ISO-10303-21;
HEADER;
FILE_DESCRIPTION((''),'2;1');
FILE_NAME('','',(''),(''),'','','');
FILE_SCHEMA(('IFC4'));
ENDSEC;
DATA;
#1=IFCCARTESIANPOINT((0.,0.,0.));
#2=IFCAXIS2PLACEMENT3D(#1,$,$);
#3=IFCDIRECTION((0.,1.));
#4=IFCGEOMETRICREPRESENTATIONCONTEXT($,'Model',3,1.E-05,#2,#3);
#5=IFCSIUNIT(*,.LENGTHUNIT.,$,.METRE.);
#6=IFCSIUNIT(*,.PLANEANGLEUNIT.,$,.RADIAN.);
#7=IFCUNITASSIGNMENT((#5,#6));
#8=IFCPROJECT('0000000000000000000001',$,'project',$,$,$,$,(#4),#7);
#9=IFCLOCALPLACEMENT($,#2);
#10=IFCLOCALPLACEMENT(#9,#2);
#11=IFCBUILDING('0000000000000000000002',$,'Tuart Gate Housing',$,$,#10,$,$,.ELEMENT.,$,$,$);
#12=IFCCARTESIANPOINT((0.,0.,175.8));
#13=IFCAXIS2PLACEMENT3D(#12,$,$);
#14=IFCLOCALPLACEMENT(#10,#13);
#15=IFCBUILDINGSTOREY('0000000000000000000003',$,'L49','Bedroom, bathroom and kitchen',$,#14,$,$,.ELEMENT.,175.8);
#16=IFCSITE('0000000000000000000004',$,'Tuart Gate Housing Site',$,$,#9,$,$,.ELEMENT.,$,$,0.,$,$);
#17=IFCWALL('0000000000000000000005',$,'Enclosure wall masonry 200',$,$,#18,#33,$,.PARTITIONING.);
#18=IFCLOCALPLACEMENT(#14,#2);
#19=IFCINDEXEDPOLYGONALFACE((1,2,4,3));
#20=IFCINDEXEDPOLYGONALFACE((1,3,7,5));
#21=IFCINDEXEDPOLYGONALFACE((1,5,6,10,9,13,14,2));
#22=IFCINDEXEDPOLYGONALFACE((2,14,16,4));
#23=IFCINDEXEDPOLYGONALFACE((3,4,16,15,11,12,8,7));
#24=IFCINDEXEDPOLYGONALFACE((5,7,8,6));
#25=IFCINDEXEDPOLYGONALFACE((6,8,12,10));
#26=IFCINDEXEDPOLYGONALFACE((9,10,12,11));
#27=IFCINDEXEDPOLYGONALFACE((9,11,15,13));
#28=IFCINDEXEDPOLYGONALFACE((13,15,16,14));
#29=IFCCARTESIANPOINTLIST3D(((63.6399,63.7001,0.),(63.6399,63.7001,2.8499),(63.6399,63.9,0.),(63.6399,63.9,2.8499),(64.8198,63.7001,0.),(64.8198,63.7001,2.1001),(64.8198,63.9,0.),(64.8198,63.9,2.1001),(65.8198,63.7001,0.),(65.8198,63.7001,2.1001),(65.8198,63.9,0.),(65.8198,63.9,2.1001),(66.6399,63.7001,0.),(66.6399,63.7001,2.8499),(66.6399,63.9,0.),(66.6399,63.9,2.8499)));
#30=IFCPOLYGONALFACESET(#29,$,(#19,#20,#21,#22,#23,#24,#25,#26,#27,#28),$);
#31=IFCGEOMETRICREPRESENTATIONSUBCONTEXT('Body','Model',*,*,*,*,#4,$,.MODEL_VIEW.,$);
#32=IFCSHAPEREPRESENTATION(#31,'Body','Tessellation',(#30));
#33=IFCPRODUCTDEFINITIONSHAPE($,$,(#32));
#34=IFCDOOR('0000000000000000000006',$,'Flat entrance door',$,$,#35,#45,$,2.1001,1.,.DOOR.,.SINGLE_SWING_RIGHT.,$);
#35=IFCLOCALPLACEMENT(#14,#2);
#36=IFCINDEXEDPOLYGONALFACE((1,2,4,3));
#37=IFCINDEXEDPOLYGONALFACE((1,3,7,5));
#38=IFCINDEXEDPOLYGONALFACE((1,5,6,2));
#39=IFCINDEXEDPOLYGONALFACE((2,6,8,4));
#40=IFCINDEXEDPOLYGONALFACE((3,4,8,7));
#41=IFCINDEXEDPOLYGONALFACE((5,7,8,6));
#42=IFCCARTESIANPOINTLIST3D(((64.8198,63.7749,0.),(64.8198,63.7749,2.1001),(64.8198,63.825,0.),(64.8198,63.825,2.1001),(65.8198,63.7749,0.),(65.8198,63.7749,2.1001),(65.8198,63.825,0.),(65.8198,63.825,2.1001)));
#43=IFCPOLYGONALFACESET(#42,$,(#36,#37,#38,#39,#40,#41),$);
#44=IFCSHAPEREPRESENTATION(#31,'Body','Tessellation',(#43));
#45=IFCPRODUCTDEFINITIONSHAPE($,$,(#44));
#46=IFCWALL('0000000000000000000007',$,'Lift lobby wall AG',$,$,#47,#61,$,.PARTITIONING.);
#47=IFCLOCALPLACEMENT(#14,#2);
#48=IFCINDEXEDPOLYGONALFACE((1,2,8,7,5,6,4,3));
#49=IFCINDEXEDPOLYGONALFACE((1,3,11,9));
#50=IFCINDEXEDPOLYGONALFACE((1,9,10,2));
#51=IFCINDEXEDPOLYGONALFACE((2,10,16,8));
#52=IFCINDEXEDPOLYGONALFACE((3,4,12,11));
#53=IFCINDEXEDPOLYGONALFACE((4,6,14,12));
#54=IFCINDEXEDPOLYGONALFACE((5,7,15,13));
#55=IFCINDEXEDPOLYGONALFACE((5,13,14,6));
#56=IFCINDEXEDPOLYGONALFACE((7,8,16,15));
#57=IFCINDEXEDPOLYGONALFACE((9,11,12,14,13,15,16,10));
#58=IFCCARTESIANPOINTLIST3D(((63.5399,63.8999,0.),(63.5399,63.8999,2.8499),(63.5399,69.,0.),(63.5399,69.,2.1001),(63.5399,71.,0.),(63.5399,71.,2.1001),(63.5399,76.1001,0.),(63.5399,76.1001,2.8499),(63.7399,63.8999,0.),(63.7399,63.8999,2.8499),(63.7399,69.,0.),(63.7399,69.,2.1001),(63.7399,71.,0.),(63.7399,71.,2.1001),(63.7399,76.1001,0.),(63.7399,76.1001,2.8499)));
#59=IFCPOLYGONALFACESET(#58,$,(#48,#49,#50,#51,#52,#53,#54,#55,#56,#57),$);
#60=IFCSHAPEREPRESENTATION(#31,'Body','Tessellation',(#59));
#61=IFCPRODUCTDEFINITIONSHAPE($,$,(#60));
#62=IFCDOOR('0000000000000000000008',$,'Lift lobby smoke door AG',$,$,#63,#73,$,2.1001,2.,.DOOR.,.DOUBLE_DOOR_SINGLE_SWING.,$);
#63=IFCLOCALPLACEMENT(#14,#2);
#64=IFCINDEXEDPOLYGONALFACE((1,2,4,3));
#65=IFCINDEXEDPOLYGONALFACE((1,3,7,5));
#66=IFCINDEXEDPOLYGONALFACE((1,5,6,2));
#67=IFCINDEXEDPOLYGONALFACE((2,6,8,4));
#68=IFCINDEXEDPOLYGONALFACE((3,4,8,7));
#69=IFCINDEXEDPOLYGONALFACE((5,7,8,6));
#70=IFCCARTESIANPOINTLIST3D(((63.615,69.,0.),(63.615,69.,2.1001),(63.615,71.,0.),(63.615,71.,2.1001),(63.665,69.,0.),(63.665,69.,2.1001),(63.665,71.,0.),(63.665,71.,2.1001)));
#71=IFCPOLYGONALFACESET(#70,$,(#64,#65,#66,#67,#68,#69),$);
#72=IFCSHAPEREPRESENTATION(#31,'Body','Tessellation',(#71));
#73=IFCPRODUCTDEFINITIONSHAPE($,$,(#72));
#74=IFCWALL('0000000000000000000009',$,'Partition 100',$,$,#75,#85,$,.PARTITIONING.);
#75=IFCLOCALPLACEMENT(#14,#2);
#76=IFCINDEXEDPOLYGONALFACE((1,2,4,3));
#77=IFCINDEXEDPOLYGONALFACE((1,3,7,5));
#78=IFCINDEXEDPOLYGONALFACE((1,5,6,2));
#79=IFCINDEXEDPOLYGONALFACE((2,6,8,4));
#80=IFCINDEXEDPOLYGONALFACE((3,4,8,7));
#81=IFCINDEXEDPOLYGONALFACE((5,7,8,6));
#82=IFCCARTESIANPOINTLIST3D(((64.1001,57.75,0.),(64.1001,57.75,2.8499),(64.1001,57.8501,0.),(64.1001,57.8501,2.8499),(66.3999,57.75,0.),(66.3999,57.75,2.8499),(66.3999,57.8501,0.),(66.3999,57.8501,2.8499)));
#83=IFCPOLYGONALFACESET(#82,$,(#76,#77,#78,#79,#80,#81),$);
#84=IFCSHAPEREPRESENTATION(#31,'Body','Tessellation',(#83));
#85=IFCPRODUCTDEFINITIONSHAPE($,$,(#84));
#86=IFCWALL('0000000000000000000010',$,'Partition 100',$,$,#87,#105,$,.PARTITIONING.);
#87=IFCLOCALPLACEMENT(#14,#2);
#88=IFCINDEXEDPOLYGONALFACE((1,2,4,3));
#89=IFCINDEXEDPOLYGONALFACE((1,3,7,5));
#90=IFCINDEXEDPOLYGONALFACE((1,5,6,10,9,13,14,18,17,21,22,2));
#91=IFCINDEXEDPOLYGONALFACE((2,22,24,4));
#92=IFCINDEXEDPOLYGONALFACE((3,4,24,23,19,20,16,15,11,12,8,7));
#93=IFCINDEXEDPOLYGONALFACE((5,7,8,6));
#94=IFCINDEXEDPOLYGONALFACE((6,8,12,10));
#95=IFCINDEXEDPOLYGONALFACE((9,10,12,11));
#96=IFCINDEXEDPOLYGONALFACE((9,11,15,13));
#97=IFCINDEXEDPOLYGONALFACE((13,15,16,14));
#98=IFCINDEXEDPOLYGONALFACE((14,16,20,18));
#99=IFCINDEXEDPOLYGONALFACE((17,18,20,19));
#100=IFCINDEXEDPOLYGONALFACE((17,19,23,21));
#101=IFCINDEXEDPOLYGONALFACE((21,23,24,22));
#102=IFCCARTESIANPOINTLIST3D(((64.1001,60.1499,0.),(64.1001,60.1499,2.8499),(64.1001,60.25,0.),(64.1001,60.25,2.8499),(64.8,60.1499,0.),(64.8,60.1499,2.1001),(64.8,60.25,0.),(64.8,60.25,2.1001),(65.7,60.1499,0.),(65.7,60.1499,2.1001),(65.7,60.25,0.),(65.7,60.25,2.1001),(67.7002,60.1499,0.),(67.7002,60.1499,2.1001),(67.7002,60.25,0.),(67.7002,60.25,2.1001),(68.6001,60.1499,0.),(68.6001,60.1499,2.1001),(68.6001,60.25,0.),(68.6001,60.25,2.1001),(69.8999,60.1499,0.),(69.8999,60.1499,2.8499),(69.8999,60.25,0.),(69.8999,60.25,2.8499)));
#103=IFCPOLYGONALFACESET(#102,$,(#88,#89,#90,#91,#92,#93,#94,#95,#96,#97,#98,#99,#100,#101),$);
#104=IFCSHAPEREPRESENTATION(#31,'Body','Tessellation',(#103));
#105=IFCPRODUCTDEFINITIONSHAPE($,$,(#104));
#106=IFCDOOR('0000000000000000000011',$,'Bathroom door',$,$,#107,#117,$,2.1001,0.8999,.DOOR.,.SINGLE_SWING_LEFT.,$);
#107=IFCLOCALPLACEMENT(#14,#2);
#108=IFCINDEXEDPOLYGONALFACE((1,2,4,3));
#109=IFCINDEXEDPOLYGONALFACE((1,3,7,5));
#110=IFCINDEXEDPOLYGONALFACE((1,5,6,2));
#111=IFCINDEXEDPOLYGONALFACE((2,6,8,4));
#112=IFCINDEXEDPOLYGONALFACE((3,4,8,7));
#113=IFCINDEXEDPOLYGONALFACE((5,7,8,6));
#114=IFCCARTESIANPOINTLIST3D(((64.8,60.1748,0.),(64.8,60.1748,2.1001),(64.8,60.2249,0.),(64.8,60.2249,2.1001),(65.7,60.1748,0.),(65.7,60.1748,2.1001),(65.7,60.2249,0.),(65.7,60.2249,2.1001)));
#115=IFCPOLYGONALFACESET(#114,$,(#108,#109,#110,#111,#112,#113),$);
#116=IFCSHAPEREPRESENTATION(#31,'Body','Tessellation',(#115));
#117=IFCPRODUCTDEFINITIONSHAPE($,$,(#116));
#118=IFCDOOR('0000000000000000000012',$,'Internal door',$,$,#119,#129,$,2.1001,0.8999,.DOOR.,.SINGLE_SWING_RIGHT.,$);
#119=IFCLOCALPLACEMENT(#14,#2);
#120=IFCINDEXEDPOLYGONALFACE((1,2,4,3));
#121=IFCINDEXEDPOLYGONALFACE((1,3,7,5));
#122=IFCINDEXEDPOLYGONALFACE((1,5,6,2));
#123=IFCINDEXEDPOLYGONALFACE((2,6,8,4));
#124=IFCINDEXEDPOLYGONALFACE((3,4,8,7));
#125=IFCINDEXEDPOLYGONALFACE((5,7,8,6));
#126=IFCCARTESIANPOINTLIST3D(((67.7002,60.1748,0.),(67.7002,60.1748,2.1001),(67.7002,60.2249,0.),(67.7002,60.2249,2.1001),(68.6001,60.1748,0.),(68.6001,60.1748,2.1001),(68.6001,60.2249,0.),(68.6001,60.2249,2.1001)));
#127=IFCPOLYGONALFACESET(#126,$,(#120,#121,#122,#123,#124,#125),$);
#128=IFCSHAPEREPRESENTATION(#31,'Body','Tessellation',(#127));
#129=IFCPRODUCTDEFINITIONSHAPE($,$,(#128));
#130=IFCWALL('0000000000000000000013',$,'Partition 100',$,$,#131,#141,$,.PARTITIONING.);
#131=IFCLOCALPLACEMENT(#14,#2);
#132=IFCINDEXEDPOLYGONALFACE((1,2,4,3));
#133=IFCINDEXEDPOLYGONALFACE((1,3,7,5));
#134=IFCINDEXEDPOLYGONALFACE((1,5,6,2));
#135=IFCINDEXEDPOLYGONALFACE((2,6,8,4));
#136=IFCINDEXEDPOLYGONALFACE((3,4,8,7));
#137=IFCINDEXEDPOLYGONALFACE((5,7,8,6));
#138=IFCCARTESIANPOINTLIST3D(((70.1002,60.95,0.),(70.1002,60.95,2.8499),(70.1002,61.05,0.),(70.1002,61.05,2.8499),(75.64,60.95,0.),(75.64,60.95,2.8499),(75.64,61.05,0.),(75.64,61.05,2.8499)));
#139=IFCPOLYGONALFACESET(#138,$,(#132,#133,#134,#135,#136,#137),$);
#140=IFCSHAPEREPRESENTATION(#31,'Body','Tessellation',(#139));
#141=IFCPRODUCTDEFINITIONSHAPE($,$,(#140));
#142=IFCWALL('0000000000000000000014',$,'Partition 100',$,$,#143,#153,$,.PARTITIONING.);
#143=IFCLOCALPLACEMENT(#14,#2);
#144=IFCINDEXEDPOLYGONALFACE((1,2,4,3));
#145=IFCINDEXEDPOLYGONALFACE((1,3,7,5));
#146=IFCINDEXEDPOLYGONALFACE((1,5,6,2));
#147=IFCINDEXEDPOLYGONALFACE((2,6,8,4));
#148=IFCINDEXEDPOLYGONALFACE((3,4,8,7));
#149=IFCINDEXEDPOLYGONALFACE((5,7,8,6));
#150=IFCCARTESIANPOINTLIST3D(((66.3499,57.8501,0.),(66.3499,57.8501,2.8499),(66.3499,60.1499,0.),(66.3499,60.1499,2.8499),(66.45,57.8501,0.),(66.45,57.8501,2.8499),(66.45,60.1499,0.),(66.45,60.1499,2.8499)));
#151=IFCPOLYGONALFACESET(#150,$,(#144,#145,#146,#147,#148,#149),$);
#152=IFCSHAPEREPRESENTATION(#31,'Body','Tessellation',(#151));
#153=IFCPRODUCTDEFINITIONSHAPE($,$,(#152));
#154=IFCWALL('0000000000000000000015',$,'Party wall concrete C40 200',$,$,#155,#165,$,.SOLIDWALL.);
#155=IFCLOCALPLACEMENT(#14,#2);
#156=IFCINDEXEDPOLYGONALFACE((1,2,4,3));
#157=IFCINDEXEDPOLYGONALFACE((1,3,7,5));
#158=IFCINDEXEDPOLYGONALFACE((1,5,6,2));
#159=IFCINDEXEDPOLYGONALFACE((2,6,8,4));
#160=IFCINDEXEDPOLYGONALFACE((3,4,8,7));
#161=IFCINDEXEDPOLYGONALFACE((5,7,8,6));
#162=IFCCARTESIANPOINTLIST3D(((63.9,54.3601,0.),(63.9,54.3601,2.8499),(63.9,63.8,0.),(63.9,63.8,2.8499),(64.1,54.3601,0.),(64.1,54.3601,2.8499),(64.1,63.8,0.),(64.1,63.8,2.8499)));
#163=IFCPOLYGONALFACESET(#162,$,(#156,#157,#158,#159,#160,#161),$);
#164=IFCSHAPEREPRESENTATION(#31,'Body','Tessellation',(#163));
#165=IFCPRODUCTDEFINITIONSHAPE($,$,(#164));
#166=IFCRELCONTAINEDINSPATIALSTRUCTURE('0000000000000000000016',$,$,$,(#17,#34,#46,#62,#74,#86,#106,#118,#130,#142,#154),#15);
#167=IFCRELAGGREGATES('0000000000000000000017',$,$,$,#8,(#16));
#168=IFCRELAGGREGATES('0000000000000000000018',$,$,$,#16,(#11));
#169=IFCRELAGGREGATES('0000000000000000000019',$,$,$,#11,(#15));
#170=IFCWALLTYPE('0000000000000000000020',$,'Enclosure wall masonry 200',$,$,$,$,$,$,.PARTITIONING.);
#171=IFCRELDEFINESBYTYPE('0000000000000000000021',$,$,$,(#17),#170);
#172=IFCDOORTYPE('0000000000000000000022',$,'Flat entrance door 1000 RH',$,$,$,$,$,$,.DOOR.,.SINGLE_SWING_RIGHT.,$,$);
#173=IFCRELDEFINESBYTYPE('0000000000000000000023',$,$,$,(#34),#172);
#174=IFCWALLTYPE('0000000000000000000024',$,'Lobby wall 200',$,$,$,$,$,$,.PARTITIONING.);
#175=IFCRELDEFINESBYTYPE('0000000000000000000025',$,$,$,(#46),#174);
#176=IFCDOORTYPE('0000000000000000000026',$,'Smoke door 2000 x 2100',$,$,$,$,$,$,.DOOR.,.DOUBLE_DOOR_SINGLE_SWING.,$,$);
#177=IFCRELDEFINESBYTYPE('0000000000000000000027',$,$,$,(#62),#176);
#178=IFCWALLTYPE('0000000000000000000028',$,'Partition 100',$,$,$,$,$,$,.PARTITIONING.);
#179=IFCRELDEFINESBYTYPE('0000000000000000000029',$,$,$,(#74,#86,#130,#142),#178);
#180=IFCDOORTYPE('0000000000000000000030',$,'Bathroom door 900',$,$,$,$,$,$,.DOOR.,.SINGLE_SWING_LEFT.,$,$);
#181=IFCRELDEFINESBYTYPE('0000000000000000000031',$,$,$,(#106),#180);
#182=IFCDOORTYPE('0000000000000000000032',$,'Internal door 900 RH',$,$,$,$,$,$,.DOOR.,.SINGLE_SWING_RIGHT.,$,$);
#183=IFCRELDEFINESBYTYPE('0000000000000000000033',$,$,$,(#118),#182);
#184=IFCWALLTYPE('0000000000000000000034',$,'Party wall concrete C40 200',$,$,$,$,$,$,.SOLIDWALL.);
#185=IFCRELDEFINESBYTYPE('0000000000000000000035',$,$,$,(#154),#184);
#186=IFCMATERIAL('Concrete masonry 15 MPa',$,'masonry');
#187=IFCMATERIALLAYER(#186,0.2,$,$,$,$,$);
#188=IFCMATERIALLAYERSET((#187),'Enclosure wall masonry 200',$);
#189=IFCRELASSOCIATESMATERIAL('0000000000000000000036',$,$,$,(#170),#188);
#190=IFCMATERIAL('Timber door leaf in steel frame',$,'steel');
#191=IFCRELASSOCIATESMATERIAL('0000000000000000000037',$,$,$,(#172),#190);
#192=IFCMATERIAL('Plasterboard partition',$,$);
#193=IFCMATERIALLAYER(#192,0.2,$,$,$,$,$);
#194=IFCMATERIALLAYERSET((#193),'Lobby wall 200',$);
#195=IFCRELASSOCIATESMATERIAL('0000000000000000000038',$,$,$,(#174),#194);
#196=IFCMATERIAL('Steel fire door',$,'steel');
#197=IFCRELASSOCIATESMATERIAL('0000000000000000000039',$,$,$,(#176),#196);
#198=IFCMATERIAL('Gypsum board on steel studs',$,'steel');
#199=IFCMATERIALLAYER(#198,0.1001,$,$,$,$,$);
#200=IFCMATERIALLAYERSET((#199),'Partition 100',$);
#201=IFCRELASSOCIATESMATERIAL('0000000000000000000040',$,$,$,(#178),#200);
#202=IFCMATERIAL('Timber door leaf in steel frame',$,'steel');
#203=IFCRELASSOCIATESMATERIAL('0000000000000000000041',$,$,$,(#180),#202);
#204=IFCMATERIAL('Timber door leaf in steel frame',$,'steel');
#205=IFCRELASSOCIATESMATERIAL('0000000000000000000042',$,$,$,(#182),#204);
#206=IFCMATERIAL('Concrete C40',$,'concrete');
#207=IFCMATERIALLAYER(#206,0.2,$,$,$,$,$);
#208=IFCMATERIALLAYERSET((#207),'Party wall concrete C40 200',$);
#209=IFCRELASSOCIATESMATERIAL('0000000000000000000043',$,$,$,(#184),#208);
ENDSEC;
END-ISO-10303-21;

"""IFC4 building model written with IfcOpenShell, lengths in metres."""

from ifc_helpers import new_model, si_unit, direction, frame, frame_2d, origin, place, context, subcontext, project, spatial, rectangle, extrude, material, layer, layer_set, type_object, element, fill, save


model = new_model("IFC4")

# Units and contexts
model_context = context("Model", 3, precision=1e-05, world=origin(), true_north=direction((0.0, 1.0)))
body_context = subcontext(model_context, "Body", "Model", "MODEL_VIEW")
ifc_project = project(units=[si_unit("LENGTHUNIT", "METRE"), si_unit("PLANEANGLEUNIT", "RADIAN")], contexts=[model_context])

# Site, building, storey
site_placement = place(None, origin())
site = spatial("IfcSite", under=ifc_project, at=site_placement, Name="Tuart Gate Housing Site", CompositionType="ELEMENT", RefElevation=0.0)
building_placement = place(site_placement, origin())
building = spatial("IfcBuilding", under=site, at=building_placement, Name="Tuart Gate Housing", CompositionType="ELEMENT")
storey_placement = place(building_placement, frame((0.0, 0.0, 175.8)))
storey = spatial("IfcBuildingStorey", under=building, at=storey_placement, Name="L49", Description="Bedroom, bathroom and kitchen", CompositionType="ELEMENT", Elevation=175.8)

# Walls, openings, doors
ifc_material_1 = material(Name="Concrete masonry 15 MPa", Category="masonry")
ifc_layer_1 = layer(ifc_material_1, 0.2)
ifc_layer_set_1 = layer_set([ifc_layer_1], Name="Enclosure wall masonry 200")
wall_type_1 = type_object("IfcWallType", Name="Enclosure wall masonry 200", PredefinedType="PARTITIONING", material=ifc_layer_set_1)
wall_1_placement = place(storey_placement, frame((63.6399, 63.8, 0.0), z_axis=(0.0, 0.0, 1.0), x_axis=(1.0, 0.0, 0.0)))
wall_1 = element("IfcWall", 1, at=wall_1_placement, inside=storey, type_object=wall_type_1, Name="Enclosure wall masonry 200", PredefinedType="PARTITIONING", context=body_context, shape_type="SweptSolid", body=[
    extrude(rectangle(XDim=3.0, YDim=0.2, at=frame_2d((1.5, 0.0))), origin(), (0.0, 0.0, 1.0), 2.8499),
])
opening_1_placement = place(wall_1_placement, frame((1.1799, 0.0, 0.0)))
opening_1 = element("IfcOpeningElement", 2, at=opening_1_placement, cuts=wall_1, PredefinedType="OPENING", context=body_context, shape_type="SweptSolid", body=[
    extrude(rectangle(XDim=1.0, YDim=2.1001, at=frame_2d((0.5, 1.05))), frame((0.0, 0.1099, 0.0), z_axis=(0.0, -1.0, 0.0), x_axis=(1.0, 0.0, 0.0)), (0.0, 0.0, 1.0), 0.22),
])
ifc_material_2 = material(Name="Timber door leaf in steel frame", Category="steel")
door_type_1 = type_object("IfcDoorType", Name="Flat entrance door 1000 RH", OperationType="SINGLE_SWING_RIGHT", PredefinedType="DOOR", material=ifc_material_2)
door_1_placement = place(opening_1_placement, frame((1.0, 0.0, 0.0), z_axis=(0.0, 0.0, 1.0), x_axis=(-1.0, 0.0, 0.0)))
door_1 = element("IfcDoor", 3, at=door_1_placement, inside=storey, type_object=door_type_1, Name="Flat entrance door", OperationType="SINGLE_SWING_RIGHT", OverallHeight=2.1001, OverallWidth=1.0, PredefinedType="DOOR", context=body_context, shape_type="SweptSolid", body=[
    extrude(rectangle(XDim=1.0, YDim=2.1001, at=frame_2d((0.5, 1.05))), frame((0.0, 0.0251, 0.0), z_axis=(0.0, -1.0, 0.0), x_axis=(1.0, 0.0, 0.0)), (0.0, 0.0, 1.0), 0.05),
])
fill(opening_1, door_1)
ifc_material_3 = material(Name="Plasterboard partition")
ifc_layer_2 = layer(ifc_material_3, 0.2)
ifc_layer_set_2 = layer_set([ifc_layer_2], Name="Lobby wall 200")
wall_type_2 = type_object("IfcWallType", Name="Lobby wall 200", PredefinedType="PARTITIONING", material=ifc_layer_set_2)
wall_2_placement = place(storey_placement, frame((63.6399, 63.8999, 0.0), z_axis=(0.0, 0.0, 1.0), x_axis=(0.0, 1.0, 0.0)))
wall_2 = element("IfcWall", 4, at=wall_2_placement, inside=storey, type_object=wall_type_2, Name="Lift lobby wall AG", PredefinedType="PARTITIONING", context=body_context, shape_type="SweptSolid", body=[
    extrude(rectangle(XDim=12.2002, YDim=0.2, at=frame_2d((6.1001, 0.0))), origin(), (0.0, 0.0, 1.0), 2.8499),
])
opening_2_placement = place(wall_2_placement, frame((5.1001, 0.0, 0.0)))
opening_2 = element("IfcOpeningElement", 5, at=opening_2_placement, cuts=wall_2, PredefinedType="OPENING", context=body_context, shape_type="SweptSolid", body=[
    extrude(rectangle(XDim=2.0, YDim=2.1001, at=frame_2d((1.0, 1.05))), frame((0.0, 0.1099, 0.0), z_axis=(0.0, -1.0, 0.0), x_axis=(1.0, 0.0, 0.0)), (0.0, 0.0, 1.0), 0.22),
])
ifc_material_4 = material(Name="Steel fire door", Category="steel")
door_type_2 = type_object("IfcDoorType", Name="Smoke door 2000 x 2100", OperationType="DOUBLE_DOOR_SINGLE_SWING", PredefinedType="DOOR", material=ifc_material_4)
door_2_placement = place(opening_2_placement, frame((2.0, 0.0, 0.0), z_axis=(0.0, 0.0, 1.0), x_axis=(-1.0, 0.0, 0.0)))
door_2 = element("IfcDoor", 6, at=door_2_placement, inside=storey, type_object=door_type_2, Name="Lift lobby smoke door AG", OperationType="DOUBLE_DOOR_SINGLE_SWING", OverallHeight=2.1001, OverallWidth=2.0, PredefinedType="DOOR", context=body_context, shape_type="SweptSolid", body=[
    extrude(rectangle(XDim=2.0, YDim=2.1001, at=frame_2d((1.0, 1.05))), frame((0.0, 0.0251, 0.0), z_axis=(0.0, -1.0, 0.0), x_axis=(1.0, 0.0, 0.0)), (0.0, 0.0, 1.0), 0.05),
])
fill(opening_2, door_2)

# Wall
ifc_material_5 = material(Name="Gypsum board on steel studs", Category="steel")
ifc_layer_3 = layer(ifc_material_5, 0.1001)
ifc_layer_set_3 = layer_set([ifc_layer_3], Name="Partition 100")
wall_type_3 = type_object("IfcWallType", Name="Partition 100", PredefinedType="PARTITIONING", material=ifc_layer_set_3)
wall_3_placement = place(storey_placement, frame((64.1001, 57.8, 0.0), z_axis=(0.0, 0.0, 1.0), x_axis=(1.0, 0.0, 0.0)))
element("IfcWall", 7, at=wall_3_placement, inside=storey, type_object=wall_type_3, Name="Partition 100", PredefinedType="PARTITIONING", context=body_context, shape_type="SweptSolid", body=[
    extrude(rectangle(XDim=2.2998, YDim=0.1001, at=frame_2d((1.1499, 0.0))), origin(), (0.0, 0.0, 1.0), 2.8499),
])

# Wall, openings, doors
wall_4_placement = place(storey_placement, frame((64.1001, 60.2, 0.0), z_axis=(0.0, 0.0, 1.0), x_axis=(1.0, 0.0, 0.0)))
wall_4 = element("IfcWall", 8, at=wall_4_placement, inside=storey, type_object=wall_type_3, Name="Partition 100", PredefinedType="PARTITIONING", context=body_context, shape_type="SweptSolid", body=[
    extrude(rectangle(XDim=5.7998, YDim=0.1001, at=frame_2d((2.8999, 0.0))), origin(), (0.0, 0.0, 1.0), 2.8499),
])
opening_3_placement = place(wall_4_placement, frame((3.6001, 0.0, 0.0)))
opening_3 = element("IfcOpeningElement", 9, at=opening_3_placement, cuts=wall_4, PredefinedType="OPENING", context=body_context, shape_type="SweptSolid", body=[
    extrude(rectangle(XDim=0.8999, YDim=2.1001, at=frame_2d((0.45, 1.05))), frame((0.0, 0.0601, 0.0), z_axis=(0.0, -1.0, 0.0), x_axis=(1.0, 0.0, 0.0)), (0.0, 0.0, 1.0), 0.1201),
])
opening_4_placement = place(wall_4_placement, frame((0.7, 0.0, 0.0)))
opening_4 = element("IfcOpeningElement", 10, at=opening_4_placement, cuts=wall_4, PredefinedType="OPENING", context=body_context, shape_type="SweptSolid", body=[
    extrude(rectangle(XDim=0.8999, YDim=2.1001, at=frame_2d((0.45, 1.05))), frame((0.0, 0.0601, 0.0), z_axis=(0.0, -1.0, 0.0), x_axis=(1.0, 0.0, 0.0)), (0.0, 0.0, 1.0), 0.1201),
])
ifc_material_6 = material(Name="Timber door leaf in steel frame", Category="steel")
door_type_3 = type_object("IfcDoorType", Name="Bathroom door 900", OperationType="SINGLE_SWING_LEFT", PredefinedType="DOOR", material=ifc_material_6)
door_3_placement = place(opening_4_placement, frame((0.8999, 0.0, 0.0), z_axis=(0.0, 0.0, 1.0), x_axis=(-1.0, 0.0, 0.0)))
door_3 = element("IfcDoor", 11, at=door_3_placement, inside=storey, type_object=door_type_3, Name="Bathroom door", OperationType="SINGLE_SWING_LEFT", OverallHeight=2.1001, OverallWidth=0.8999, PredefinedType="DOOR", context=body_context, shape_type="SweptSolid", body=[
    extrude(rectangle(XDim=0.8999, YDim=2.1001, at=frame_2d((0.45, 1.05))), frame((0.0, 0.0251, 0.0), z_axis=(0.0, -1.0, 0.0), x_axis=(1.0, 0.0, 0.0)), (0.0, 0.0, 1.0), 0.05),
])
fill(opening_4, door_3)
ifc_material_7 = material(Name="Timber door leaf in steel frame", Category="steel")
door_type_4 = type_object("IfcDoorType", Name="Internal door 900 RH", OperationType="SINGLE_SWING_RIGHT", PredefinedType="DOOR", material=ifc_material_7)
door_4_placement = place(opening_3_placement, origin())
door_4 = element("IfcDoor", 12, at=door_4_placement, inside=storey, type_object=door_type_4, Name="Internal door", OperationType="SINGLE_SWING_RIGHT", OverallHeight=2.1001, OverallWidth=0.8999, PredefinedType="DOOR", context=body_context, shape_type="SweptSolid", body=[
    extrude(rectangle(XDim=0.8999, YDim=2.1001, at=frame_2d((0.45, 1.05))), frame((0.0, 0.0249, 0.0), z_axis=(0.0, -1.0, 0.0), x_axis=(1.0, 0.0, 0.0)), (0.0, 0.0, 1.0), 0.05),
])
fill(opening_3, door_4)

# Walls
wall_5_placement = place(storey_placement, frame((70.1001, 61.0, 0.0), z_axis=(0.0, 0.0, 1.0), x_axis=(1.0, 0.0, 0.0)))
element("IfcWall", 13, at=wall_5_placement, inside=storey, type_object=wall_type_3, Name="Partition 100", PredefinedType="PARTITIONING", context=body_context, shape_type="SweptSolid", body=[
    extrude(rectangle(XDim=5.5398, YDim=0.1001, at=frame_2d((2.77, 0.0))), origin(), (0.0, 0.0, 1.0), 2.8499),
])
wall_6_placement = place(storey_placement, frame((66.3999, 57.8501, 0.0), z_axis=(0.0, 0.0, 1.0), x_axis=(0.0, 1.0, 0.0)))
element("IfcWall", 14, at=wall_6_placement, inside=storey, type_object=wall_type_3, Name="Partition 100", PredefinedType="PARTITIONING", context=body_context, shape_type="SweptSolid", body=[
    extrude(rectangle(XDim=2.2998, YDim=0.1001, at=frame_2d((1.1499, 0.0))), origin(), (0.0, 0.0, 1.0), 2.8499),
])
ifc_material_8 = material(Name="Concrete C40", Category="concrete")
ifc_layer_4 = layer(ifc_material_8, 0.2)
ifc_layer_set_4 = layer_set([ifc_layer_4], Name="Party wall concrete C40 200")
wall_type_4 = type_object("IfcWallType", Name="Party wall concrete C40 200", PredefinedType="SOLIDWALL", material=ifc_layer_set_4)
wall_7_placement = place(storey_placement, frame((64.0, 54.3601, 0.0), z_axis=(0.0, 0.0, 1.0), x_axis=(0.0, 1.0, 0.0)))
element("IfcWall", 15, at=wall_7_placement, inside=storey, type_object=wall_type_4, Name="Party wall concrete C40 200", PredefinedType="SOLIDWALL", context=body_context, shape_type="SweptSolid", body=[
    extrude(rectangle(XDim=9.4399, YDim=0.2, at=frame_2d((4.72, 0.0))), origin(), (0.0, 0.0, 1.0), 2.8499),
])

save(model, "model.ifc")
